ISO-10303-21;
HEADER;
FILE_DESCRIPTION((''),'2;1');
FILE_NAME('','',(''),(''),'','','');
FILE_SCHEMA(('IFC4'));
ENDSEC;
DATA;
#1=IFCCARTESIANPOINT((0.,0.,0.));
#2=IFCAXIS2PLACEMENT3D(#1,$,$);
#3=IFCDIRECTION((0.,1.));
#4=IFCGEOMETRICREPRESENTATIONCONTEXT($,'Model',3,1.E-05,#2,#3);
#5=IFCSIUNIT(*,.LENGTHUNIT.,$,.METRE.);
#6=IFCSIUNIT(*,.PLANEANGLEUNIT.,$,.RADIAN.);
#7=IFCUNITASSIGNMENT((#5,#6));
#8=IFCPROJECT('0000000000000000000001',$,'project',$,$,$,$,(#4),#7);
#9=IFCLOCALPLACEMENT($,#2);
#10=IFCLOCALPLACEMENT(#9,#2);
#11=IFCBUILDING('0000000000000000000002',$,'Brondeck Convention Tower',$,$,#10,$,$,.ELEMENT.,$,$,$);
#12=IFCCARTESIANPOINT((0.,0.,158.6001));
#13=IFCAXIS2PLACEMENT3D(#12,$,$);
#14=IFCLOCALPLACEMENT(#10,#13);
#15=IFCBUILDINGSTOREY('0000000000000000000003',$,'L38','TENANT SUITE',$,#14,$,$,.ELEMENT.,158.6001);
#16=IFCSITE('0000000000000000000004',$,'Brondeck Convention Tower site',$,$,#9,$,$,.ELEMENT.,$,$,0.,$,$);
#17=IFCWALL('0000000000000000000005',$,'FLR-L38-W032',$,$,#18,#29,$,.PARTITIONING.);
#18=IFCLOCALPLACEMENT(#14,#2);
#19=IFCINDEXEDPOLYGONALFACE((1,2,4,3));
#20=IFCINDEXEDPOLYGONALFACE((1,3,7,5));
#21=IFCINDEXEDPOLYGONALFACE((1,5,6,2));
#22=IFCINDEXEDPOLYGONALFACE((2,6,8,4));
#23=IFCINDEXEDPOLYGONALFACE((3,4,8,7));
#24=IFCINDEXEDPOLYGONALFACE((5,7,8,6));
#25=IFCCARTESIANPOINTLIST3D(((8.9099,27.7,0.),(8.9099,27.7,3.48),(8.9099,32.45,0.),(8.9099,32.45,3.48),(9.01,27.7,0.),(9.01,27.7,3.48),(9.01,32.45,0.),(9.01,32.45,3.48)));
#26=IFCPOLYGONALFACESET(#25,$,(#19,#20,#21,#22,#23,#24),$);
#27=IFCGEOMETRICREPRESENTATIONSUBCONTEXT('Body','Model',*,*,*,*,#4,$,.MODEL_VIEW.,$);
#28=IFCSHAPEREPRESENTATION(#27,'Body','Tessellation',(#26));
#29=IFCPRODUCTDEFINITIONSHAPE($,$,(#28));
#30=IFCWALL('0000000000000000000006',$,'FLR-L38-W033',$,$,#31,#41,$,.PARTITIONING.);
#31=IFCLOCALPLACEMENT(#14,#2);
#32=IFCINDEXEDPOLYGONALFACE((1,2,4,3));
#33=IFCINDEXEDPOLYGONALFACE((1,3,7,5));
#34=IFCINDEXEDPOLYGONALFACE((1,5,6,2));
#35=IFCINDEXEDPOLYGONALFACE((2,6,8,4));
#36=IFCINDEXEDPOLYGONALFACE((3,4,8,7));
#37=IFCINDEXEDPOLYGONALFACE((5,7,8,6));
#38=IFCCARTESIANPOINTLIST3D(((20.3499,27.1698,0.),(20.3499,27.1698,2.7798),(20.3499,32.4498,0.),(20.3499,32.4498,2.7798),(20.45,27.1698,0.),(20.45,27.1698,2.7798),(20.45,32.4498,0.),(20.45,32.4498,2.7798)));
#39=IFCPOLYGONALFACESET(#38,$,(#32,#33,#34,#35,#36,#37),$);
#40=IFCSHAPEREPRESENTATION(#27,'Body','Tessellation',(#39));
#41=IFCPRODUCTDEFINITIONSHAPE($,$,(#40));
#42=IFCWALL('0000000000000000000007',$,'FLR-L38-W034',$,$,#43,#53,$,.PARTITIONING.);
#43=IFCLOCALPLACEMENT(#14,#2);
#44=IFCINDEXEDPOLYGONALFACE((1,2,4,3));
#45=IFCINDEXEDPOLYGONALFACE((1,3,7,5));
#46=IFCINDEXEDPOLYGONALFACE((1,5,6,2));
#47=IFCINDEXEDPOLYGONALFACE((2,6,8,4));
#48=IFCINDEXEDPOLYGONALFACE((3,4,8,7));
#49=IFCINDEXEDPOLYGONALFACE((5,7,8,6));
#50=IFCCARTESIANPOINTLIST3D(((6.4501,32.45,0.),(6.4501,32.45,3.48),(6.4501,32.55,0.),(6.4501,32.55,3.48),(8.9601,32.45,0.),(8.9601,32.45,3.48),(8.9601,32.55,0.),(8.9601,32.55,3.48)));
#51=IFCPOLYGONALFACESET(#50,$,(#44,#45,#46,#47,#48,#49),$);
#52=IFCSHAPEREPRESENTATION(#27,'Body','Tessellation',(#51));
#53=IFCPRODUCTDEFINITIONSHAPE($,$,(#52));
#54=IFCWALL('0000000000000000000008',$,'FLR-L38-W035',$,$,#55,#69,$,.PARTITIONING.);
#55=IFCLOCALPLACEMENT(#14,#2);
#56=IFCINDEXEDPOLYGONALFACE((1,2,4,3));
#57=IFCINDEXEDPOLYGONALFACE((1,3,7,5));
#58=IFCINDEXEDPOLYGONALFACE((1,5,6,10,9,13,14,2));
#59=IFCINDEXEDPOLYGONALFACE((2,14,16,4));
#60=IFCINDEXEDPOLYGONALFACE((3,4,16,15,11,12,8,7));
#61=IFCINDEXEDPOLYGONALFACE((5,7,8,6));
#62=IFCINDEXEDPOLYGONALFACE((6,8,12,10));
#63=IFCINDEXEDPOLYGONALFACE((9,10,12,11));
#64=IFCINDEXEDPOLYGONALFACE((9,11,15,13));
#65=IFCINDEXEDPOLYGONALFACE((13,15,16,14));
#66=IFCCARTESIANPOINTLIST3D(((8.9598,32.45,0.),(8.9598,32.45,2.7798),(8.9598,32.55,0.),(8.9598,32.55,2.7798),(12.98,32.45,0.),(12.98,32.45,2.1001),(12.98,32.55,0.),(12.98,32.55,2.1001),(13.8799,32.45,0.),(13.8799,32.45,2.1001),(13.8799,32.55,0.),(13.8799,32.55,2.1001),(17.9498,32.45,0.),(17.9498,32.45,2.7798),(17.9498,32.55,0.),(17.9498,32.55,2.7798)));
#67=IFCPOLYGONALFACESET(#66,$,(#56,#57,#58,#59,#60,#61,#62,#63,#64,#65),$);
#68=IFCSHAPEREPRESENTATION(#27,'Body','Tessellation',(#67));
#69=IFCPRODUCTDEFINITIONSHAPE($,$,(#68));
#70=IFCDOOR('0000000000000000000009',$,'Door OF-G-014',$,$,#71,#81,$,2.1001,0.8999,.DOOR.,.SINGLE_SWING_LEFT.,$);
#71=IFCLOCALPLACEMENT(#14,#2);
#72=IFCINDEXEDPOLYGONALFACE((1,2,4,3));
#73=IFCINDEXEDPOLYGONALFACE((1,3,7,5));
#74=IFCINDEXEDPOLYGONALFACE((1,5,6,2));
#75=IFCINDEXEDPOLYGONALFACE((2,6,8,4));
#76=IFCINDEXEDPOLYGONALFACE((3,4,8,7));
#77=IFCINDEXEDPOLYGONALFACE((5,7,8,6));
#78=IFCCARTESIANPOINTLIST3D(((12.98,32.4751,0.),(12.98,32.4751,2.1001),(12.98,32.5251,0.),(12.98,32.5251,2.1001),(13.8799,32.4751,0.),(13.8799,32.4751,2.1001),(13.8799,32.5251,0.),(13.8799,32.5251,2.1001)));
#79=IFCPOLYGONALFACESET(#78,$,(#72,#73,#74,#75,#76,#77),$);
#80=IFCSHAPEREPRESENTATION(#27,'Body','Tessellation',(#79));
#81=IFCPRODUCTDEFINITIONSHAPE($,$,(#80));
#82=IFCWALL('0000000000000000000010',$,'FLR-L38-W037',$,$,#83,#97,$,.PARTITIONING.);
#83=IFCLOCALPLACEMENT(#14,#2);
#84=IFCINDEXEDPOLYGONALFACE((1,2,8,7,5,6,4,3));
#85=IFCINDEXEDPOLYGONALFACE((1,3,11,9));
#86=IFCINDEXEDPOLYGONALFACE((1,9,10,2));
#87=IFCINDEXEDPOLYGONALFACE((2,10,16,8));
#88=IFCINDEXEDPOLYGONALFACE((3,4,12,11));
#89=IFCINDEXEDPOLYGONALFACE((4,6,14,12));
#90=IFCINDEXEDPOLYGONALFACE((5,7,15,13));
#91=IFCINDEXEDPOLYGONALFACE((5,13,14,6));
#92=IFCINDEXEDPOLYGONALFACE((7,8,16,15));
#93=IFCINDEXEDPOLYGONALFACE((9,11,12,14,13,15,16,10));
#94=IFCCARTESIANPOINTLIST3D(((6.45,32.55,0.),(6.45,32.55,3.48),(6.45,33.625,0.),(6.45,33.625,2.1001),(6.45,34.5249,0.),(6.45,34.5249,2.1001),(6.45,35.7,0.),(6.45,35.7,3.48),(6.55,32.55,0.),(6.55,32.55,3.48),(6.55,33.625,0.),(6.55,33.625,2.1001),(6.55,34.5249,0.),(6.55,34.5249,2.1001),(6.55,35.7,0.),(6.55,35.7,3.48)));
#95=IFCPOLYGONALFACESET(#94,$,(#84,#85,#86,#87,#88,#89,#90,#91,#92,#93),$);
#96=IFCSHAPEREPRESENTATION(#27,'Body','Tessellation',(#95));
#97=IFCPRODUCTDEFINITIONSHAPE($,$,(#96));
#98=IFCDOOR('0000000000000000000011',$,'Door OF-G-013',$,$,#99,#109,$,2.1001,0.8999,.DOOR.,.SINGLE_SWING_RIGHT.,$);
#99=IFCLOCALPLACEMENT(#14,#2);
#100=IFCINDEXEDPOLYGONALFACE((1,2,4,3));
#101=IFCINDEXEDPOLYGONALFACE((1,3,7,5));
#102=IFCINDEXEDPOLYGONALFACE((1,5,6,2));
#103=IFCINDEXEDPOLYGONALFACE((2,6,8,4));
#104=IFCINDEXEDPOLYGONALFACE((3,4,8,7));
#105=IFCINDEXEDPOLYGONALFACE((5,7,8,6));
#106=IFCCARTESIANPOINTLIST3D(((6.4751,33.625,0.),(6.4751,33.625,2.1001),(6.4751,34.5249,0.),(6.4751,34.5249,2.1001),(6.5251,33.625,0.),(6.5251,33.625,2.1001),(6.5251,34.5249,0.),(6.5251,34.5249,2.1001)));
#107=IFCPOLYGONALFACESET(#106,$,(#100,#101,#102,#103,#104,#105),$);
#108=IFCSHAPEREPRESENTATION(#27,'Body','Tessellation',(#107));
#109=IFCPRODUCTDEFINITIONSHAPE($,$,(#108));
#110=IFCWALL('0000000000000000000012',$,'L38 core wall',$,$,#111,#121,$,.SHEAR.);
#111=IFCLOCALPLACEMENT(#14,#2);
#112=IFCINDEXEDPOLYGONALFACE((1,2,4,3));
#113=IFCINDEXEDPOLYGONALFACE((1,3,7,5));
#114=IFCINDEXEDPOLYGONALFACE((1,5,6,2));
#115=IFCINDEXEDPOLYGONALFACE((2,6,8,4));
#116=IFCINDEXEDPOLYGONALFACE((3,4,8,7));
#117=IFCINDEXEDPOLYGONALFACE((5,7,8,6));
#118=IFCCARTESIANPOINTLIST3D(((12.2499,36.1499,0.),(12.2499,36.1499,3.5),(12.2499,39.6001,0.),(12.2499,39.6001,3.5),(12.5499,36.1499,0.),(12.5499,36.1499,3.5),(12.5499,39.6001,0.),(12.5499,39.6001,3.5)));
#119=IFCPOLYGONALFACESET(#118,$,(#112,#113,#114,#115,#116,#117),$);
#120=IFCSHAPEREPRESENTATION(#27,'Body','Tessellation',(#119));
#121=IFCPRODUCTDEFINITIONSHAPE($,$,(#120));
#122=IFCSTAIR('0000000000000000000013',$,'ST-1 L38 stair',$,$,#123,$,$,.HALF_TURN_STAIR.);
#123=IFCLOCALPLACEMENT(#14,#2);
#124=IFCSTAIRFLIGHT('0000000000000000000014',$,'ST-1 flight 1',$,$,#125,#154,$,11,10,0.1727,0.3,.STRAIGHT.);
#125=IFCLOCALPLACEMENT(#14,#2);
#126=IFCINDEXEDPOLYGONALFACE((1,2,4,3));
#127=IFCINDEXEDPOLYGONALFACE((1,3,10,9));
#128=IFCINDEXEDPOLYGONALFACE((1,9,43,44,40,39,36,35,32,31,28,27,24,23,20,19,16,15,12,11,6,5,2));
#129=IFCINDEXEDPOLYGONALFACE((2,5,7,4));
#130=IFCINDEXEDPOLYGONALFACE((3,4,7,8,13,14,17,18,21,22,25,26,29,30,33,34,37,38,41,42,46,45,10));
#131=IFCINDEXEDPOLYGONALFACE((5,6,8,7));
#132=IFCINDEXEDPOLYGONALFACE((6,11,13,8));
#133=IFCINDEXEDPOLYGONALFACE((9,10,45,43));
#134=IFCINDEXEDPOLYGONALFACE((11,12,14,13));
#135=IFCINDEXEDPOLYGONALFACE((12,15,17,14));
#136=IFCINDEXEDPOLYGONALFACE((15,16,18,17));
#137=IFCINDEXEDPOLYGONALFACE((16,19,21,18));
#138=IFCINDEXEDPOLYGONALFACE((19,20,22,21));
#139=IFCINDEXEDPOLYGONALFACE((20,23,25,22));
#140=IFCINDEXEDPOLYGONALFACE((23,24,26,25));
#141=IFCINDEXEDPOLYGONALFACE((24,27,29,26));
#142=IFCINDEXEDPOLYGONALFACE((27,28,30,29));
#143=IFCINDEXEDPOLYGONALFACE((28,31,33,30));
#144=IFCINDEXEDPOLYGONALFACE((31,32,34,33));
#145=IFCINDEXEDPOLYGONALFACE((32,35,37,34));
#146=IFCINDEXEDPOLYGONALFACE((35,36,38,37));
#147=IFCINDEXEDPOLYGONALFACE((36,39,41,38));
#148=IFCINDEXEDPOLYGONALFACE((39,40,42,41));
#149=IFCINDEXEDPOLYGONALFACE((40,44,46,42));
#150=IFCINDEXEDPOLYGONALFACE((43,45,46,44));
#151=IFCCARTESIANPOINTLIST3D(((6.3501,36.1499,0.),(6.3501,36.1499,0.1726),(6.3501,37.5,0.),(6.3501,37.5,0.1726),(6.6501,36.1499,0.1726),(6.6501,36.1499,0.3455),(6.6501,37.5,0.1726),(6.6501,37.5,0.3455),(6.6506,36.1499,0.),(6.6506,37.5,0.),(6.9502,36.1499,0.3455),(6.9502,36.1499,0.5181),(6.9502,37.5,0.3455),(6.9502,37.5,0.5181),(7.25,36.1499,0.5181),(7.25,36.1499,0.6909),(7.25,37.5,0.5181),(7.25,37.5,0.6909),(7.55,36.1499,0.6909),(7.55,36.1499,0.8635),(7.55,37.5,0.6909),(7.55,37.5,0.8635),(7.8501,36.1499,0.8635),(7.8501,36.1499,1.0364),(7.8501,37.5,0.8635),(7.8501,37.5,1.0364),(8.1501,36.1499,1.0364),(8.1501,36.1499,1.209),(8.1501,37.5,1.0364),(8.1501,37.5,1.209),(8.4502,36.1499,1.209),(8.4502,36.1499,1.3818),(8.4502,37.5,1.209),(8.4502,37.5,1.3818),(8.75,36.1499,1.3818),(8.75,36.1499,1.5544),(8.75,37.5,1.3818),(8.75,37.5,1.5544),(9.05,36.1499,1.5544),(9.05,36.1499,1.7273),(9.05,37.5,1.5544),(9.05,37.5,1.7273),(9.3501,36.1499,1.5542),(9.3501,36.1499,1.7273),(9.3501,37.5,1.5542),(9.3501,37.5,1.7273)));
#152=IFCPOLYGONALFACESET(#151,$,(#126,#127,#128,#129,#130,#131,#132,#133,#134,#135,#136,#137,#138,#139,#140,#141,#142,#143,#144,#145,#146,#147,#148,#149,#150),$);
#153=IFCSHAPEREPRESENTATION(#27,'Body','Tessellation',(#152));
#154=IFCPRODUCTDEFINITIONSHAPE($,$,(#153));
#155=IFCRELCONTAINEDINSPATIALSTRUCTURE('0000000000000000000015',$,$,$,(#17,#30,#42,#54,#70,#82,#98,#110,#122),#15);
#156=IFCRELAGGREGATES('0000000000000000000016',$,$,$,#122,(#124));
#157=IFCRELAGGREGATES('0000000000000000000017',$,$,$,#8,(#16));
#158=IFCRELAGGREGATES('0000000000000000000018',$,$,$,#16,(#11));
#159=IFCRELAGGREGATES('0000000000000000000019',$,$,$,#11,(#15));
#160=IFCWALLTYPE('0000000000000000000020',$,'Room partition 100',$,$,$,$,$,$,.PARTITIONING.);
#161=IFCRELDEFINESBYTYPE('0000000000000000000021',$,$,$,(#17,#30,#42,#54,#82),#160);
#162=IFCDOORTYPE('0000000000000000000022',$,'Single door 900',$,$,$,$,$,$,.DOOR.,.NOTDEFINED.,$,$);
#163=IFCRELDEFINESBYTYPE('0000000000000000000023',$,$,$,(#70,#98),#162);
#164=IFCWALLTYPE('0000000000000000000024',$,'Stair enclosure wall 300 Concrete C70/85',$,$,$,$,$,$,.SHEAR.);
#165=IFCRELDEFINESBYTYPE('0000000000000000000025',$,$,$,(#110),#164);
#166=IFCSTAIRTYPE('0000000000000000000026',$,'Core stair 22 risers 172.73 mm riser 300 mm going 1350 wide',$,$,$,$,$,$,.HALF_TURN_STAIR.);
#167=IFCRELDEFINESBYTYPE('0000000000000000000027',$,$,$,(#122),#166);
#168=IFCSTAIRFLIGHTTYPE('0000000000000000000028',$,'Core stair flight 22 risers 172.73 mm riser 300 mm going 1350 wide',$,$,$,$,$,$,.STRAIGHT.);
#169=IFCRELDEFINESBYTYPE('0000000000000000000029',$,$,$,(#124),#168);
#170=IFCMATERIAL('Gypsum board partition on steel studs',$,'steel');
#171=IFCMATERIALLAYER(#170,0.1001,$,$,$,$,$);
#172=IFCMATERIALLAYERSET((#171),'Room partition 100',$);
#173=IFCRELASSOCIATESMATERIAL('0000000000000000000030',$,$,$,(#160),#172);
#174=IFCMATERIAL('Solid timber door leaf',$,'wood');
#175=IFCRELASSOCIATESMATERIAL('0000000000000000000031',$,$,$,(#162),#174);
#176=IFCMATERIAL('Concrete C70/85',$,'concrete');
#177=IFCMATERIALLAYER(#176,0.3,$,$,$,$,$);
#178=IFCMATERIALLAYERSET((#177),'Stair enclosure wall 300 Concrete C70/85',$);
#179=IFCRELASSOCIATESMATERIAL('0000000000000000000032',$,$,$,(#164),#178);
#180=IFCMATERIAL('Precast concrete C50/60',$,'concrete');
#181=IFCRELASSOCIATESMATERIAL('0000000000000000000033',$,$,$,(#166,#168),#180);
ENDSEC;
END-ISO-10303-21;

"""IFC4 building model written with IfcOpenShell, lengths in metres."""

from ifc_helpers import new_model, si_unit, direction, frame, frame_2d, origin, place, context, subcontext, project, spatial, polyline, rectangle, outline, extrude, material, layer, layer_set, type_object, element, fill, aggregate, save


model = new_model("IFC4")

# Units and contexts
model_context = context("Model", 3, precision=1e-05, world=origin(), true_north=direction((0.0, 1.0)))
body_context = subcontext(model_context, "Body", "Model", "MODEL_VIEW")
ifc_project = project(units=[si_unit("LENGTHUNIT", "METRE"), si_unit("PLANEANGLEUNIT", "RADIAN")], contexts=[model_context])

# Site, building, storey
site_placement = place(None, origin())
site = spatial("IfcSite", under=ifc_project, at=site_placement, Name="Brondeck Convention Tower site", CompositionType="ELEMENT", RefElevation=0.0)
building_placement = place(site_placement, origin())
building = spatial("IfcBuilding", under=site, at=building_placement, Name="Brondeck Convention Tower", CompositionType="ELEMENT")
storey_placement = place(building_placement, frame((0.0, 0.0, 158.6001)))
storey = spatial("IfcBuildingStorey", under=building, at=storey_placement, Name="L38", Description="TENANT SUITE", CompositionType="ELEMENT", Elevation=158.6001)

# Shared definitions
ifc_material_1 = material(Name="Concrete C70/85", Category="concrete")

# Walls
ifc_material_2 = material(Name="Gypsum board partition on steel studs", Category="steel")
ifc_layer_1 = layer(ifc_material_2, 0.1001)
ifc_layer_set_1 = layer_set([ifc_layer_1], Name="Room partition 100")
wall_type_1 = type_object("IfcWallType", Name="Room partition 100", PredefinedType="PARTITIONING", material=ifc_layer_set_1)
wall_1_placement = place(storey_placement, frame((8.96, 32.45, 0.0), z_axis=(0.0, 0.0, 1.0), x_axis=(0.0, -1.0, 0.0)))
element("IfcWall", 1, at=wall_1_placement, inside=storey, type_object=wall_type_1, Name="FLR-L38-W032", PredefinedType="PARTITIONING", context=body_context, shape_type="SweptSolid", body=[
    extrude(rectangle(XDim=4.75, YDim=0.1001, at=frame_2d((2.375, 0.0))), origin(), (0.0, 0.0, 1.0), 3.48),
])
wall_2_placement = place(storey_placement, frame((20.3999, 32.45, 0.0), z_axis=(0.0, 0.0, 1.0), x_axis=(0.0, -1.0, 0.0)))
element("IfcWall", 2, at=wall_2_placement, inside=storey, type_object=wall_type_1, Name="FLR-L38-W033", PredefinedType="PARTITIONING", context=body_context, shape_type="SweptSolid", body=[
    extrude(rectangle(XDim=5.28, YDim=0.1001, at=frame_2d((2.6401, 0.0))), origin(), (0.0, 0.0, 1.0), 2.7798),
])
wall_3_placement = place(storey_placement, frame((8.96, 32.5, 0.0), z_axis=(0.0, 0.0, 1.0), x_axis=(-1.0, 0.0, 0.0)))
element("IfcWall", 3, at=wall_3_placement, inside=storey, type_object=wall_type_1, Name="FLR-L38-W034", PredefinedType="PARTITIONING", context=body_context, shape_type="SweptSolid", body=[
    extrude(rectangle(XDim=2.51, YDim=0.1001, at=frame_2d((1.2549, 0.0))), origin(), (0.0, 0.0, 1.0), 3.48),
])

# Walls, openings, doors
wall_4_placement = place(storey_placement, frame((17.95, 32.5, 0.0), z_axis=(0.0, 0.0, 1.0), x_axis=(-1.0, 0.0, 0.0)))
wall_4 = element("IfcWall", 4, at=wall_4_placement, inside=storey, type_object=wall_type_1, Name="FLR-L38-W035", PredefinedType="PARTITIONING", context=body_context, shape_type="SweptSolid", body=[
    extrude(rectangle(XDim=8.99, YDim=0.1001, at=frame_2d((4.4951, 0.0))), origin(), (0.0, 0.0, 1.0), 2.7798),
])
opening_1_placement = place(wall_4_placement, frame((4.0701, 0.0, 0.0)))
opening_1 = element("IfcOpeningElement", 5, at=opening_1_placement, cuts=wall_4, PredefinedType="OPENING", context=body_context, shape_type="SweptSolid", body=[
    extrude(rectangle(XDim=0.8999, YDim=2.1001, at=frame_2d((0.45, 1.05))), frame((0.0, 0.0601, 0.0), z_axis=(0.0, -1.0, 0.0), x_axis=(1.0, 0.0, 0.0)), (0.0, 0.0, 1.0), 0.1201),
])
ifc_material_3 = material(Name="Solid timber door leaf", Category="wood")
door_type_1 = type_object("IfcDoorType", Name="Single door 900", OperationType="NOTDEFINED", PredefinedType="DOOR", material=ifc_material_3)
door_1_placement = place(opening_1_placement, origin())
door_1 = element("IfcDoor", 6, at=door_1_placement, inside=storey, type_object=door_type_1, Name="Door OF-G-014", OperationType="SINGLE_SWING_LEFT", OverallHeight=2.1001, OverallWidth=0.8999, PredefinedType="DOOR", context=body_context, shape_type="SweptSolid", body=[
    extrude(rectangle(XDim=0.8999, YDim=2.1001, at=frame_2d((0.45, 1.05))), frame((0.0, 0.0249, 0.0), z_axis=(0.0, -1.0, 0.0), x_axis=(1.0, 0.0, 0.0)), (0.0, 0.0, 1.0), 0.05),
])
fill(opening_1, door_1)
wall_5_placement = place(storey_placement, frame((6.5, 32.55, 0.0), z_axis=(0.0, 0.0, 1.0), x_axis=(0.0, 1.0, 0.0)))
wall_5 = element("IfcWall", 7, at=wall_5_placement, inside=storey, type_object=wall_type_1, Name="FLR-L38-W037", PredefinedType="PARTITIONING", context=body_context, shape_type="SweptSolid", body=[
    extrude(rectangle(XDim=3.1499, YDim=0.1001, at=frame_2d((1.575, 0.0))), origin(), (0.0, 0.0, 1.0), 3.48),
])
opening_2_placement = place(wall_5_placement, frame((1.075, 0.0, 0.0)))
opening_2 = element("IfcOpeningElement", 8, at=opening_2_placement, cuts=wall_5, PredefinedType="OPENING", context=body_context, shape_type="SweptSolid", body=[
    extrude(rectangle(XDim=0.8999, YDim=2.1001, at=frame_2d((0.45, 1.05))), frame((0.0, 0.0601, 0.0), z_axis=(0.0, -1.0, 0.0), x_axis=(1.0, 0.0, 0.0)), (0.0, 0.0, 1.0), 0.1201),
])
door_2_placement = place(opening_2_placement, origin())
door_2 = element("IfcDoor", 9, at=door_2_placement, inside=storey, type_object=door_type_1, Name="Door OF-G-013", OperationType="SINGLE_SWING_RIGHT", OverallHeight=2.1001, OverallWidth=0.8999, PredefinedType="DOOR", context=body_context, shape_type="SweptSolid", body=[
    extrude(rectangle(XDim=0.8999, YDim=2.1001, at=frame_2d((0.45, 1.05))), frame((0.0, 0.0249, 0.0), z_axis=(0.0, -1.0, 0.0), x_axis=(1.0, 0.0, 0.0)), (0.0, 0.0, 1.0), 0.05),
])
fill(opening_2, door_2)

# Wall
ifc_layer_2 = layer(ifc_material_1, 0.3)
ifc_layer_set_2 = layer_set([ifc_layer_2], Name="Stair enclosure wall 300 Concrete C70/85")
wall_type_2 = type_object("IfcWallType", Name="Stair enclosure wall 300 Concrete C70/85", PredefinedType="SHEAR", material=ifc_layer_set_2)
wall_6_placement = place(storey_placement, frame((12.3999, 36.1499, 0.0), z_axis=(0.0, 0.0, 1.0), x_axis=(0.0, 1.0, 0.0)))
element("IfcWall", 10, at=wall_6_placement, inside=storey, type_object=wall_type_2, Name="L38 core wall", PredefinedType="SHEAR", context=body_context, shape_type="SweptSolid", body=[
    extrude(rectangle(XDim=3.4502, YDim=0.3, at=frame_2d((1.7251, 0.0))), origin(), (0.0, 0.0, 1.0), 3.5),
])

# Stair, stair flight
ifc_material_4 = material(Name="Precast concrete C50/60", Category="concrete")
stair_type = type_object("IfcStairType", Name="Core stair 22 risers 172.73 mm riser 300 mm going 1350 wide", PredefinedType="HALF_TURN_STAIR", material=ifc_material_4)
stair_placement = place(storey_placement, origin())
stair = element("IfcStair", 11, at=stair_placement, inside=storey, type_object=stair_type, Name="ST-1 L38 stair", PredefinedType="HALF_TURN_STAIR")
stair_flight_type = type_object("IfcStairFlightType", Name="Core stair flight 22 risers 172.73 mm riser 300 mm going 1350 wide", PredefinedType="STRAIGHT", material=ifc_material_4)
stair_flight_1_placement = place(storey_placement, frame((6.3501, 36.825, 0.0), z_axis=(0.0, 0.0, 1.0), x_axis=(1.0, 0.0, 0.0)))
stair_flight_1 = element("IfcStairFlight", 12, at=stair_flight_1_placement, type_object=stair_flight_type, Name="ST-1 flight 1", NumberOfRisers=11, NumberOfTreads=10, PredefinedType="STRAIGHT", RiserHeight=0.1727, TreadLength=0.3, context=body_context, shape_type="SweptSolid", body=[
    extrude(outline(polyline([(0.0, 0.0), (0.0, 0.1726), (0.3, 0.1726), (0.3, 0.3455), (0.6001, 0.3455), (0.6001, 0.5181), (0.8999, 0.5181), (0.8999, 0.6909), (1.2, 0.6909), (1.2, 0.8635), (1.5, 0.8635), (1.5, 1.0364), (1.8, 1.0364), (1.8, 1.209), (2.1001, 1.209), (2.1001, 1.3818), (2.3999, 1.3818), (2.3999, 1.5544), (2.7, 1.5544), (2.7, 1.7273), (3.0, 1.7273), (3.0, 1.8999), (3.0, 1.5542), (0.3005, 0.0), (0.0, 0.0)])), frame((0.0, 0.675, 0.0), z_axis=(0.0, -1.0, 0.0), x_axis=(1.0, 0.0, 0.0)), (0.0, 0.0, 1.0), 1.3501),
])
aggregate(stair, [stair_flight_1])

save(model, "model.ifc")
